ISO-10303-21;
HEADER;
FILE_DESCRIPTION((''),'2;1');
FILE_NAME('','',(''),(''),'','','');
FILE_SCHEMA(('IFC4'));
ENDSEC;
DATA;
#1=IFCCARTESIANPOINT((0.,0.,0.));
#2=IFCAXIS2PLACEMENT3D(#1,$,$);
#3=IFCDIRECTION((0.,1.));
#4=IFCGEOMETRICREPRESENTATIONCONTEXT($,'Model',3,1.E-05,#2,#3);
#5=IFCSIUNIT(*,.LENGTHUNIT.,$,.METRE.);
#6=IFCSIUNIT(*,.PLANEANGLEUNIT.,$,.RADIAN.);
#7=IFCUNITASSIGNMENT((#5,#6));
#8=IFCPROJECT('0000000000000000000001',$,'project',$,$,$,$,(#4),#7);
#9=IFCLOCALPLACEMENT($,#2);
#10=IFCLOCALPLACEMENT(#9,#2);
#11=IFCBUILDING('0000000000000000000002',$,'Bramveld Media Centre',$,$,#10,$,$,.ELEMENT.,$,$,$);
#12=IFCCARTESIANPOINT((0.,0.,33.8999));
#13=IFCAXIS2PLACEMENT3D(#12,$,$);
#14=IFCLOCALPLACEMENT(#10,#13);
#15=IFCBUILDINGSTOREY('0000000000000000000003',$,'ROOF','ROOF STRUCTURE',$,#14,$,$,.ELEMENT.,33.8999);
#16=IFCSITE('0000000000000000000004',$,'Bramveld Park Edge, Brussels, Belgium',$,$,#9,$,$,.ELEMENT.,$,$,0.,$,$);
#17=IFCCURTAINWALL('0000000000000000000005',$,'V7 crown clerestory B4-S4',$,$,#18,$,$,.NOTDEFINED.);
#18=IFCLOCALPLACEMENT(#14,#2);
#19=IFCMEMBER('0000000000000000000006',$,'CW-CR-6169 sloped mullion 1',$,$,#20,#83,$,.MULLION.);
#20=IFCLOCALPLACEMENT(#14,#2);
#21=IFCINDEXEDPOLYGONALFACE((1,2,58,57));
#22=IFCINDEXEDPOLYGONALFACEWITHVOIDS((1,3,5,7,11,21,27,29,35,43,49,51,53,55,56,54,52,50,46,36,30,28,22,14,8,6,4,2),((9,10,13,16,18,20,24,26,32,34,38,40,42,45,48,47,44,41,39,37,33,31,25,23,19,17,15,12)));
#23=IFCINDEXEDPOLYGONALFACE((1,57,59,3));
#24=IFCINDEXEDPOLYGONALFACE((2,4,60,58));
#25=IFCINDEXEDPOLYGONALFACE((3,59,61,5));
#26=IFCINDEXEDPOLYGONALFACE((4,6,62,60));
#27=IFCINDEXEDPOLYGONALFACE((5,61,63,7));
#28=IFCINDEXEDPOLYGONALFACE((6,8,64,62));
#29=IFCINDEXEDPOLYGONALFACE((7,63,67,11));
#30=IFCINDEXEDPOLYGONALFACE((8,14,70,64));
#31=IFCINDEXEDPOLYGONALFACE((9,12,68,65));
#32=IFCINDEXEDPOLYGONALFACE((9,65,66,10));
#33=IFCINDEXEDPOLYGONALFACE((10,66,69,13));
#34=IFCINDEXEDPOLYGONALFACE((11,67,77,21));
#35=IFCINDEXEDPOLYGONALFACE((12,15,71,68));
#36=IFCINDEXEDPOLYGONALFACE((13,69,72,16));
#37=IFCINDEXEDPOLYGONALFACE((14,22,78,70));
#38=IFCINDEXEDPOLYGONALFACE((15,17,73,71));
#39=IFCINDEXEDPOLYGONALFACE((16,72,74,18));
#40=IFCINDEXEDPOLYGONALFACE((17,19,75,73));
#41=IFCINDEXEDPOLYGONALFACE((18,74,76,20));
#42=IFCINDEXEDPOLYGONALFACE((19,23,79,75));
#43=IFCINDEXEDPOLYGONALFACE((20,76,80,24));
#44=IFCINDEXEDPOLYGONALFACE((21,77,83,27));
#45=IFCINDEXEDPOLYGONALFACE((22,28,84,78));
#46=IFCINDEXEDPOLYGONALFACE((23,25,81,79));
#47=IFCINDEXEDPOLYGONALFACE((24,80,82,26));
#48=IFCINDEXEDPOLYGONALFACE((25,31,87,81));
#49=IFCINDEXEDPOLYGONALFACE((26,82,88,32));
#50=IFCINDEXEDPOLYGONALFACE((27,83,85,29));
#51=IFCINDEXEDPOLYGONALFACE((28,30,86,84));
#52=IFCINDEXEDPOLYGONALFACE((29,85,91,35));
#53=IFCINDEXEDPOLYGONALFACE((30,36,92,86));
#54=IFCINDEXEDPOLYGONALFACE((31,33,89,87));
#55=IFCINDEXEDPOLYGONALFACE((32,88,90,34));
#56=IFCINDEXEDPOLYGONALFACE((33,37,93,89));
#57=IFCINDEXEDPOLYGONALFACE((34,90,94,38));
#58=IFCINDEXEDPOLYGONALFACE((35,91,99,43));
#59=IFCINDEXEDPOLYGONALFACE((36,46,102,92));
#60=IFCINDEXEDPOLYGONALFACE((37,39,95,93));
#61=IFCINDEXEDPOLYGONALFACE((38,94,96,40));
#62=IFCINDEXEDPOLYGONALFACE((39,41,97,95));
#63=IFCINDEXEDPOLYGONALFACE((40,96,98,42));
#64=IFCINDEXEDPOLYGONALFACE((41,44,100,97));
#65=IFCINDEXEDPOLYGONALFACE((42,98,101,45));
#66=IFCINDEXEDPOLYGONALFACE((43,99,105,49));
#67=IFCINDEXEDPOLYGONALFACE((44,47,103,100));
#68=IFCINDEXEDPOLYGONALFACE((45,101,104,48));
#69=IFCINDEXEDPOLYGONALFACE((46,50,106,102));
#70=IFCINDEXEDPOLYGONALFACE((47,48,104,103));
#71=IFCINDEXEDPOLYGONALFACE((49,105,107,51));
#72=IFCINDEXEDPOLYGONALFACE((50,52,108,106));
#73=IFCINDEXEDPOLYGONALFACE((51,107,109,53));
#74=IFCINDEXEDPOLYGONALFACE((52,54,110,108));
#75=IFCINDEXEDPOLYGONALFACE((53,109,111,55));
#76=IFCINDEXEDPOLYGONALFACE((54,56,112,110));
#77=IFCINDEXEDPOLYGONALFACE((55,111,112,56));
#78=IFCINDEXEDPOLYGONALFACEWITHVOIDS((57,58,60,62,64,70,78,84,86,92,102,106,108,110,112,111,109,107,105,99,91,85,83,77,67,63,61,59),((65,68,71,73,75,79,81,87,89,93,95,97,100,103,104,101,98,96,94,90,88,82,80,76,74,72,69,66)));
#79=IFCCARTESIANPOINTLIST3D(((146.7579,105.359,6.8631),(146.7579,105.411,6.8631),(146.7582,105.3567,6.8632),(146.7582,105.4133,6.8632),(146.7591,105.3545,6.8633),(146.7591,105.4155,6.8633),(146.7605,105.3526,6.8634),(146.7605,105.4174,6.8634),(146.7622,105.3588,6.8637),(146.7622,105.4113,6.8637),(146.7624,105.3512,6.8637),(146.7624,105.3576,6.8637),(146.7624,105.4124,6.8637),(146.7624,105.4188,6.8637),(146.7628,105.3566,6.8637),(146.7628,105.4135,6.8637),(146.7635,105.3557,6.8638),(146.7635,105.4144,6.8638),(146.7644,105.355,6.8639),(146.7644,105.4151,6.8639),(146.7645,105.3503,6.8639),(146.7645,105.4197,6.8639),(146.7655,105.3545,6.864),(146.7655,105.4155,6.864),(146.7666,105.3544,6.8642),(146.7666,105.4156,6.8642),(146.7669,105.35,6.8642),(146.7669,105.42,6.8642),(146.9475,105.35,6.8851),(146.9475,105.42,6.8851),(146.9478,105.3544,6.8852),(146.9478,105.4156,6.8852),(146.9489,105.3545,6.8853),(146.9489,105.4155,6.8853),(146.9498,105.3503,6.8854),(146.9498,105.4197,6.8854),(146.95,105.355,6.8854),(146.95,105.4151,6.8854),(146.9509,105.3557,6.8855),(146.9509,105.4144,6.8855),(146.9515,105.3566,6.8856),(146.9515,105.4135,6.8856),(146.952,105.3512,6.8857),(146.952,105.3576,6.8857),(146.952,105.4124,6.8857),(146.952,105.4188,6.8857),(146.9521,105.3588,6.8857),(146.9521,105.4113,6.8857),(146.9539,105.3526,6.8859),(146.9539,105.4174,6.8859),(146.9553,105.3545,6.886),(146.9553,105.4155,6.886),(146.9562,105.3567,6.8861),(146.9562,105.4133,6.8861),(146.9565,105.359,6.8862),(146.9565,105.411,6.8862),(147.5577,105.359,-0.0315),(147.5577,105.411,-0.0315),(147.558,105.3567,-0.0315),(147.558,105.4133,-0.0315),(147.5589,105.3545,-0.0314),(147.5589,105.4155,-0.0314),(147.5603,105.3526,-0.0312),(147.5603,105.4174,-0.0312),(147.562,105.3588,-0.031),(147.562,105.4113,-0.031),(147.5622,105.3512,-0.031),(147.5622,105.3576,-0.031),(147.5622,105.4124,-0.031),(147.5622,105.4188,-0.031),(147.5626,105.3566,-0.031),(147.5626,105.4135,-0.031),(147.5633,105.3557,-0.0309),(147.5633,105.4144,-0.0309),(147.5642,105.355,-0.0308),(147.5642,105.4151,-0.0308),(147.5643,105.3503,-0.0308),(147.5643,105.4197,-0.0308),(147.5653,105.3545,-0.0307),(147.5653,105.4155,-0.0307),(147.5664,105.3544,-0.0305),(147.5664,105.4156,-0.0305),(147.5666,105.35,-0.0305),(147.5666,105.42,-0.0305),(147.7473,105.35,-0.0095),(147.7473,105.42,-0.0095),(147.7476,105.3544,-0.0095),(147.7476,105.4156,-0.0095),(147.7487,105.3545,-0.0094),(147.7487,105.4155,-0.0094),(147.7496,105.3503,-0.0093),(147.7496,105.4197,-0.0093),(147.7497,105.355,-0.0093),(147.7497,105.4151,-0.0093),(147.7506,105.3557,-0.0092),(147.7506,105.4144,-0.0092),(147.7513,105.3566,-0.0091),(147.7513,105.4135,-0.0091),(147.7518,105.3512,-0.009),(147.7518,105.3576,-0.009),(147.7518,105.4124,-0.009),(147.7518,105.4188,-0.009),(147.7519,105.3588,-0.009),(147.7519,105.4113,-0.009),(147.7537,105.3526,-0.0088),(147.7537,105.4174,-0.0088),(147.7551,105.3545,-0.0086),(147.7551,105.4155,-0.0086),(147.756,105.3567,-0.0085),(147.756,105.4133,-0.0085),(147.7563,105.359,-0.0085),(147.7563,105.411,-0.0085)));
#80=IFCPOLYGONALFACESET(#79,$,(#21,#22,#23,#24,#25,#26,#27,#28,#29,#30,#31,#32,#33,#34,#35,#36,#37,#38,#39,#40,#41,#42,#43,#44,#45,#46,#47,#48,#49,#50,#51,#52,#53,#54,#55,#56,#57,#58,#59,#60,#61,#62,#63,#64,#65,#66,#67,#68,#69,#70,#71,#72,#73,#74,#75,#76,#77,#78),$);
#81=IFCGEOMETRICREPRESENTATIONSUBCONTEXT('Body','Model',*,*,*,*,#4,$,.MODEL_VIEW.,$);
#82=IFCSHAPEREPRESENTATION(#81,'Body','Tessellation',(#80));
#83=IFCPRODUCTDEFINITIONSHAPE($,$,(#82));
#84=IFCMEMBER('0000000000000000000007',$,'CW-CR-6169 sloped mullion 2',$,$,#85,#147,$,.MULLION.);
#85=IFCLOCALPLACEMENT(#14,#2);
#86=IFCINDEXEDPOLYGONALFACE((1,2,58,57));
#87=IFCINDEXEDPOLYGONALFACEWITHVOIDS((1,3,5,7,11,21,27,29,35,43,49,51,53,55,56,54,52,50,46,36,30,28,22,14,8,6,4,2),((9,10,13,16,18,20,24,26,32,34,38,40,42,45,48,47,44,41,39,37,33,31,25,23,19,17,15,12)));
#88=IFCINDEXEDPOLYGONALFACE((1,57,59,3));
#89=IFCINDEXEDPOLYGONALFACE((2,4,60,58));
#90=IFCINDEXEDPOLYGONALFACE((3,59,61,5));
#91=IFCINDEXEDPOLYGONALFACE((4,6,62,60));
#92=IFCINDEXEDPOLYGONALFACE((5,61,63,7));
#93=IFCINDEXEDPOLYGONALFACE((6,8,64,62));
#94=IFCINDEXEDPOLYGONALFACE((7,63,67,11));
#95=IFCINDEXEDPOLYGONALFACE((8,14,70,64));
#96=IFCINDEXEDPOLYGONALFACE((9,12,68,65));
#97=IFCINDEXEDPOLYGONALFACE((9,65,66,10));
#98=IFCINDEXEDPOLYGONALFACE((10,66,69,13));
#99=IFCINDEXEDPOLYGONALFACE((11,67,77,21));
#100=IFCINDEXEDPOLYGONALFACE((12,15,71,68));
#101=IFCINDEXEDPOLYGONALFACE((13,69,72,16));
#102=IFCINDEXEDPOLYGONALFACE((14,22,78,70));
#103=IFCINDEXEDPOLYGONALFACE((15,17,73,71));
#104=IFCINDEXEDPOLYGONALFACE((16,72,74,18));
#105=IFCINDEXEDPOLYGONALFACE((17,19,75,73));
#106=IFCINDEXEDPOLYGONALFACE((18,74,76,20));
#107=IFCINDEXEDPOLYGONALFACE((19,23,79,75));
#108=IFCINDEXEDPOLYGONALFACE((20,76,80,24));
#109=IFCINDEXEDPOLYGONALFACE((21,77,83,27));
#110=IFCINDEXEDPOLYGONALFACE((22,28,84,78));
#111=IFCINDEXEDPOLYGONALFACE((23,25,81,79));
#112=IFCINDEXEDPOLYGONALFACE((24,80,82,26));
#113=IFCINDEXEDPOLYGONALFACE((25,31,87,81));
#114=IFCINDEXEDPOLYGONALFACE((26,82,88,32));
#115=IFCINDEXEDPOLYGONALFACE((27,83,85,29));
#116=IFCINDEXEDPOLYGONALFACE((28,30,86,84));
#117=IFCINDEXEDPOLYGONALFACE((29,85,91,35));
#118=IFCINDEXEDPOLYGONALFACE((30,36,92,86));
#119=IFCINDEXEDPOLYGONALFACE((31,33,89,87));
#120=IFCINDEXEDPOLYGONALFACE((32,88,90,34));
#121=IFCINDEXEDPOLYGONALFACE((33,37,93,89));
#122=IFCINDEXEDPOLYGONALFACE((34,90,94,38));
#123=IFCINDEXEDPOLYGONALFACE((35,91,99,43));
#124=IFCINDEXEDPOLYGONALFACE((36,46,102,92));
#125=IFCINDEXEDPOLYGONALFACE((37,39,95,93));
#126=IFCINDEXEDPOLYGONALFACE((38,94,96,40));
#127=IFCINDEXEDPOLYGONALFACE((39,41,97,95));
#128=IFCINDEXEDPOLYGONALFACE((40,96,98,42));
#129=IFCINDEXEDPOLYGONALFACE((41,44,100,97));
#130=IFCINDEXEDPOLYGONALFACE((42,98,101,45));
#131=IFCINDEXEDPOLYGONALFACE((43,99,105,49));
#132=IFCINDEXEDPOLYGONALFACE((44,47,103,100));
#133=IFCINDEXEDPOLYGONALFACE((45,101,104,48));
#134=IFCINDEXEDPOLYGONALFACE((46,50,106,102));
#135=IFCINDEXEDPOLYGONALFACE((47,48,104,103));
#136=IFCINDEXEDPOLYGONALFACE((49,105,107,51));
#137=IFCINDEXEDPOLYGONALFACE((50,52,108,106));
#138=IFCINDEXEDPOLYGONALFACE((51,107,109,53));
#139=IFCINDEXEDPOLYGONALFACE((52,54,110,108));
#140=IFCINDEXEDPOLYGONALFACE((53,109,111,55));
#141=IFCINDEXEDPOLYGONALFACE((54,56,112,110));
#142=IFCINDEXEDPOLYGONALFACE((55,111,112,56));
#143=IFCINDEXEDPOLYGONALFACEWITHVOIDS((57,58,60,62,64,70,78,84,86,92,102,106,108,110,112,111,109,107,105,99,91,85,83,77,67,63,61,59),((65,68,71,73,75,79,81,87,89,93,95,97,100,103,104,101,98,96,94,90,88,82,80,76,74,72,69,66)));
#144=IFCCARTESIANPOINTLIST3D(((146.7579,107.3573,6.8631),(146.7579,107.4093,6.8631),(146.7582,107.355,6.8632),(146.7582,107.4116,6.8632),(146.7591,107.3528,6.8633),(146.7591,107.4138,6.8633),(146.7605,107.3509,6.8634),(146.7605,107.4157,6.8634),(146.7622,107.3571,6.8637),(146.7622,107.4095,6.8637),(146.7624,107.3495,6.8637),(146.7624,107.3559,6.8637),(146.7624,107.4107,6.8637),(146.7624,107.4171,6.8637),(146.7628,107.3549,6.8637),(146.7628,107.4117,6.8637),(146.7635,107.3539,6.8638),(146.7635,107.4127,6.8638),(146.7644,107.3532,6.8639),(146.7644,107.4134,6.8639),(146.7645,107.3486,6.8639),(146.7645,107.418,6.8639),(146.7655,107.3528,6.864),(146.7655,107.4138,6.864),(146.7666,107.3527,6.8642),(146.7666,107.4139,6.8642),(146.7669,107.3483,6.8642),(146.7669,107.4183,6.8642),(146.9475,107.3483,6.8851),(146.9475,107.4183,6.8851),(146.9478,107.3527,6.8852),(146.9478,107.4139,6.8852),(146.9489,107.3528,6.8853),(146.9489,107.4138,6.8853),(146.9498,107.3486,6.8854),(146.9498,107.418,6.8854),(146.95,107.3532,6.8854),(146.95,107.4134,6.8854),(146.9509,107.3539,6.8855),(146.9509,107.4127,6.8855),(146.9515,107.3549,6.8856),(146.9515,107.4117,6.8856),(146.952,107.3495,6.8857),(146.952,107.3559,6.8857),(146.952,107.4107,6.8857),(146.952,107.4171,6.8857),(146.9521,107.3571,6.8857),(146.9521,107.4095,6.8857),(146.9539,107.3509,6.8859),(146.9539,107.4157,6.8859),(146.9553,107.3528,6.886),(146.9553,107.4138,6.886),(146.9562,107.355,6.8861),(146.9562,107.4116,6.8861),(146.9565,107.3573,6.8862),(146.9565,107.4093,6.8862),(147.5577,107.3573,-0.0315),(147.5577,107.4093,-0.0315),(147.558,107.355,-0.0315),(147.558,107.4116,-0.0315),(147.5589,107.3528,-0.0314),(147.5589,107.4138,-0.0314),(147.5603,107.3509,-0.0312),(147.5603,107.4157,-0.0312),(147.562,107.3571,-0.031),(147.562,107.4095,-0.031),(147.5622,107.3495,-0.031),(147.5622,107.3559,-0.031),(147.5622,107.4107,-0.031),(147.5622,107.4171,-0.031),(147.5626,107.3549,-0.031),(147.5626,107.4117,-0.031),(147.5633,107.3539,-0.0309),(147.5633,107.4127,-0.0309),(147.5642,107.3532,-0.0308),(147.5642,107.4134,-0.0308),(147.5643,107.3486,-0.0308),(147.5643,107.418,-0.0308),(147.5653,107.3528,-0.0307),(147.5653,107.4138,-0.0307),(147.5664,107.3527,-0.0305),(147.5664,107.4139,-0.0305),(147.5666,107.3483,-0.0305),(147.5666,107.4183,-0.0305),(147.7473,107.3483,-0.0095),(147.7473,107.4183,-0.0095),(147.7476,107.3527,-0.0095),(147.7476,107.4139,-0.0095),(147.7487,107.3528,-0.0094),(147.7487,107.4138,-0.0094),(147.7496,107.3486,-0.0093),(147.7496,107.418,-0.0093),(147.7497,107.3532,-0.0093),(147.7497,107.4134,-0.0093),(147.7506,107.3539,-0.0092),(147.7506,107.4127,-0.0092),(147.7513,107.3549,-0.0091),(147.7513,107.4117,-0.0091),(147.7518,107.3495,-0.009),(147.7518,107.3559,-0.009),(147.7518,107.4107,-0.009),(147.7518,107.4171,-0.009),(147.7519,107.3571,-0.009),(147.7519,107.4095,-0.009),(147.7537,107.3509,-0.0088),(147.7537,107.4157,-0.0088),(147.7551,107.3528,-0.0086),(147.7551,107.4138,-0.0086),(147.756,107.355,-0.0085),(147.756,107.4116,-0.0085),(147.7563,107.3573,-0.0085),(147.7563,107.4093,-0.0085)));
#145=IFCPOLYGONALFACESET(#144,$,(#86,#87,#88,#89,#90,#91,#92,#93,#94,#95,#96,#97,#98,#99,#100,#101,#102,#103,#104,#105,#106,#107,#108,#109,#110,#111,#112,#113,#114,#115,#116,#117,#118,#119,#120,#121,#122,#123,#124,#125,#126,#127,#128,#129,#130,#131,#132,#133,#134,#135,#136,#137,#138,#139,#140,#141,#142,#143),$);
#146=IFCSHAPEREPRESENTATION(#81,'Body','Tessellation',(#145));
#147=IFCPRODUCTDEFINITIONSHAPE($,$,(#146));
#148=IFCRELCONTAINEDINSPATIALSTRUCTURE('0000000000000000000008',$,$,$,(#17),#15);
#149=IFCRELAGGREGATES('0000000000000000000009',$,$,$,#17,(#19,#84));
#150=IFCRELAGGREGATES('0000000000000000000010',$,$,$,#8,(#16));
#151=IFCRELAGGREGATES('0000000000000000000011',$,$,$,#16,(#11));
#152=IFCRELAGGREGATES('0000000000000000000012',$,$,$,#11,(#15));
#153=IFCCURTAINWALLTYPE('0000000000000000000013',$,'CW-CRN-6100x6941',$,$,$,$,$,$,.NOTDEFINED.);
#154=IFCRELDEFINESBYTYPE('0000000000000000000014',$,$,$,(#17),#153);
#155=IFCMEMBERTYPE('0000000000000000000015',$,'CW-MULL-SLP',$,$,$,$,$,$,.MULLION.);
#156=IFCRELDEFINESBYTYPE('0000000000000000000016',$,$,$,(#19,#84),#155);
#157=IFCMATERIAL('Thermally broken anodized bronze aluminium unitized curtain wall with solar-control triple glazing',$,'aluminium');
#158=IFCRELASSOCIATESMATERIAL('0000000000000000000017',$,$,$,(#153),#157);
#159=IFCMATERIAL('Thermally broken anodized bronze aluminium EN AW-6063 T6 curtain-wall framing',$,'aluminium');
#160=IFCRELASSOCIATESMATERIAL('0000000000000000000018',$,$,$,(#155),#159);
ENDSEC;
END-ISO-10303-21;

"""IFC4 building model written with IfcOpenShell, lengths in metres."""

from ifc_helpers import new_model, si_unit, direction, frame, origin, origin_2d, place, context, subcontext, project, spatial, hollow_rectangle, extrude, material, material_profile, profile_set, type_object, element, aggregate, save


model = new_model("IFC4")

# Units and contexts
model_context = context("Model", 3, precision=1e-05, world=origin(), true_north=direction((0.0, 1.0)))
body_context = subcontext(model_context, "Body", "Model", "MODEL_VIEW")
ifc_project = project(units=[si_unit("LENGTHUNIT", "METRE"), si_unit("PLANEANGLEUNIT", "RADIAN")], contexts=[model_context])

# Site, building, storey
site_placement = place(None, origin())
site = spatial("IfcSite", under=ifc_project, at=site_placement, Name="Bramveld Park Edge, Brussels, Belgium", CompositionType="ELEMENT", RefElevation=0.0)
building_placement = place(site_placement, origin())
building = spatial("IfcBuilding", under=site, at=building_placement, Name="Bramveld Media Centre", CompositionType="ELEMENT")
storey_placement = place(building_placement, frame((0.0, 0.0, 33.8999)))
storey = spatial("IfcBuildingStorey", under=building, at=storey_placement, Name="ROOF", Description="ROOF STRUCTURE", CompositionType="ELEMENT", Elevation=33.8999)

# Curtain wall, members
ifc_material_1 = material(Name="Thermally broken anodized bronze aluminium unitized curtain wall with solar-control triple glazing", Category="aluminium")
curtain_wall_type = type_object("IfcCurtainWallType", Name="CW-CRN-6100x6941", PredefinedType="NOTDEFINED", material=ifc_material_1)
curtain_wall_1_placement = place(storey_placement, origin())
curtain_wall_1 = element("IfcCurtainWall", 1, at=curtain_wall_1_placement, inside=storey, type_object=curtain_wall_type, Name="V7 crown clerestory B4-S4", PredefinedType="NOTDEFINED")
ifc_material_2 = material(Name="Thermally broken anodized bronze aluminium EN AW-6063 T6 curtain-wall framing", Category="aluminium")
ifc_material_profile_1 = material_profile(ifc_material_2, hollow_rectangle(XDim=0.0701, YDim=0.2, WallThickness=0.0044, InnerFilletRadius=0.0044, OuterFilletRadius=0.009, at=origin_2d()), Name="AL-MULL 70x200")
ifc_profile_set_1 = profile_set([ifc_material_profile_1], Name="Thermally broken anodized bronze aluminium EN AW-6063 T6 curtain-wall framing")
member_type_1 = type_object("IfcMemberType", Name="CW-MULL-SLP", PredefinedType="MULLION", material=ifc_profile_set_1)
member_1_placement = place(storey_placement, frame((147.657, 105.385, -0.02), z_axis=(-0.115229, 0.0, 0.993339), x_axis=(0.0, -1.0, 0.0)))
member_1 = element("IfcMember", 2, at=member_1_placement, type_object=member_type_1, Name="CW-CR-6169 sloped mullion 1", PredefinedType="MULLION", context=body_context, shape_type="SweptSolid", body=[
    extrude(hollow_rectangle(XDim=0.0701, YDim=0.2, WallThickness=0.0044, InnerFilletRadius=0.0044, OuterFilletRadius=0.009, at=origin_2d()), origin(), (0.0, 0.0, 1.0), 6.9409),
])
member_2_placement = place(storey_placement, frame((147.657, 107.3833, -0.02), z_axis=(-0.115229, 0.0, 0.993339), x_axis=(0.0, -1.0, 0.0)))
member_2 = element("IfcMember", 3, at=member_2_placement, type_object=member_type_1, Name="CW-CR-6169 sloped mullion 2", PredefinedType="MULLION", context=body_context, shape_type="SweptSolid", body=[
    extrude(hollow_rectangle(XDim=0.0701, YDim=0.2, WallThickness=0.0044, InnerFilletRadius=0.0044, OuterFilletRadius=0.009, at=origin_2d()), origin(), (0.0, 0.0, 1.0), 6.9409),
])

aggregate(curtain_wall_1, [member_1, member_2])

save(model, "model.ifc")
